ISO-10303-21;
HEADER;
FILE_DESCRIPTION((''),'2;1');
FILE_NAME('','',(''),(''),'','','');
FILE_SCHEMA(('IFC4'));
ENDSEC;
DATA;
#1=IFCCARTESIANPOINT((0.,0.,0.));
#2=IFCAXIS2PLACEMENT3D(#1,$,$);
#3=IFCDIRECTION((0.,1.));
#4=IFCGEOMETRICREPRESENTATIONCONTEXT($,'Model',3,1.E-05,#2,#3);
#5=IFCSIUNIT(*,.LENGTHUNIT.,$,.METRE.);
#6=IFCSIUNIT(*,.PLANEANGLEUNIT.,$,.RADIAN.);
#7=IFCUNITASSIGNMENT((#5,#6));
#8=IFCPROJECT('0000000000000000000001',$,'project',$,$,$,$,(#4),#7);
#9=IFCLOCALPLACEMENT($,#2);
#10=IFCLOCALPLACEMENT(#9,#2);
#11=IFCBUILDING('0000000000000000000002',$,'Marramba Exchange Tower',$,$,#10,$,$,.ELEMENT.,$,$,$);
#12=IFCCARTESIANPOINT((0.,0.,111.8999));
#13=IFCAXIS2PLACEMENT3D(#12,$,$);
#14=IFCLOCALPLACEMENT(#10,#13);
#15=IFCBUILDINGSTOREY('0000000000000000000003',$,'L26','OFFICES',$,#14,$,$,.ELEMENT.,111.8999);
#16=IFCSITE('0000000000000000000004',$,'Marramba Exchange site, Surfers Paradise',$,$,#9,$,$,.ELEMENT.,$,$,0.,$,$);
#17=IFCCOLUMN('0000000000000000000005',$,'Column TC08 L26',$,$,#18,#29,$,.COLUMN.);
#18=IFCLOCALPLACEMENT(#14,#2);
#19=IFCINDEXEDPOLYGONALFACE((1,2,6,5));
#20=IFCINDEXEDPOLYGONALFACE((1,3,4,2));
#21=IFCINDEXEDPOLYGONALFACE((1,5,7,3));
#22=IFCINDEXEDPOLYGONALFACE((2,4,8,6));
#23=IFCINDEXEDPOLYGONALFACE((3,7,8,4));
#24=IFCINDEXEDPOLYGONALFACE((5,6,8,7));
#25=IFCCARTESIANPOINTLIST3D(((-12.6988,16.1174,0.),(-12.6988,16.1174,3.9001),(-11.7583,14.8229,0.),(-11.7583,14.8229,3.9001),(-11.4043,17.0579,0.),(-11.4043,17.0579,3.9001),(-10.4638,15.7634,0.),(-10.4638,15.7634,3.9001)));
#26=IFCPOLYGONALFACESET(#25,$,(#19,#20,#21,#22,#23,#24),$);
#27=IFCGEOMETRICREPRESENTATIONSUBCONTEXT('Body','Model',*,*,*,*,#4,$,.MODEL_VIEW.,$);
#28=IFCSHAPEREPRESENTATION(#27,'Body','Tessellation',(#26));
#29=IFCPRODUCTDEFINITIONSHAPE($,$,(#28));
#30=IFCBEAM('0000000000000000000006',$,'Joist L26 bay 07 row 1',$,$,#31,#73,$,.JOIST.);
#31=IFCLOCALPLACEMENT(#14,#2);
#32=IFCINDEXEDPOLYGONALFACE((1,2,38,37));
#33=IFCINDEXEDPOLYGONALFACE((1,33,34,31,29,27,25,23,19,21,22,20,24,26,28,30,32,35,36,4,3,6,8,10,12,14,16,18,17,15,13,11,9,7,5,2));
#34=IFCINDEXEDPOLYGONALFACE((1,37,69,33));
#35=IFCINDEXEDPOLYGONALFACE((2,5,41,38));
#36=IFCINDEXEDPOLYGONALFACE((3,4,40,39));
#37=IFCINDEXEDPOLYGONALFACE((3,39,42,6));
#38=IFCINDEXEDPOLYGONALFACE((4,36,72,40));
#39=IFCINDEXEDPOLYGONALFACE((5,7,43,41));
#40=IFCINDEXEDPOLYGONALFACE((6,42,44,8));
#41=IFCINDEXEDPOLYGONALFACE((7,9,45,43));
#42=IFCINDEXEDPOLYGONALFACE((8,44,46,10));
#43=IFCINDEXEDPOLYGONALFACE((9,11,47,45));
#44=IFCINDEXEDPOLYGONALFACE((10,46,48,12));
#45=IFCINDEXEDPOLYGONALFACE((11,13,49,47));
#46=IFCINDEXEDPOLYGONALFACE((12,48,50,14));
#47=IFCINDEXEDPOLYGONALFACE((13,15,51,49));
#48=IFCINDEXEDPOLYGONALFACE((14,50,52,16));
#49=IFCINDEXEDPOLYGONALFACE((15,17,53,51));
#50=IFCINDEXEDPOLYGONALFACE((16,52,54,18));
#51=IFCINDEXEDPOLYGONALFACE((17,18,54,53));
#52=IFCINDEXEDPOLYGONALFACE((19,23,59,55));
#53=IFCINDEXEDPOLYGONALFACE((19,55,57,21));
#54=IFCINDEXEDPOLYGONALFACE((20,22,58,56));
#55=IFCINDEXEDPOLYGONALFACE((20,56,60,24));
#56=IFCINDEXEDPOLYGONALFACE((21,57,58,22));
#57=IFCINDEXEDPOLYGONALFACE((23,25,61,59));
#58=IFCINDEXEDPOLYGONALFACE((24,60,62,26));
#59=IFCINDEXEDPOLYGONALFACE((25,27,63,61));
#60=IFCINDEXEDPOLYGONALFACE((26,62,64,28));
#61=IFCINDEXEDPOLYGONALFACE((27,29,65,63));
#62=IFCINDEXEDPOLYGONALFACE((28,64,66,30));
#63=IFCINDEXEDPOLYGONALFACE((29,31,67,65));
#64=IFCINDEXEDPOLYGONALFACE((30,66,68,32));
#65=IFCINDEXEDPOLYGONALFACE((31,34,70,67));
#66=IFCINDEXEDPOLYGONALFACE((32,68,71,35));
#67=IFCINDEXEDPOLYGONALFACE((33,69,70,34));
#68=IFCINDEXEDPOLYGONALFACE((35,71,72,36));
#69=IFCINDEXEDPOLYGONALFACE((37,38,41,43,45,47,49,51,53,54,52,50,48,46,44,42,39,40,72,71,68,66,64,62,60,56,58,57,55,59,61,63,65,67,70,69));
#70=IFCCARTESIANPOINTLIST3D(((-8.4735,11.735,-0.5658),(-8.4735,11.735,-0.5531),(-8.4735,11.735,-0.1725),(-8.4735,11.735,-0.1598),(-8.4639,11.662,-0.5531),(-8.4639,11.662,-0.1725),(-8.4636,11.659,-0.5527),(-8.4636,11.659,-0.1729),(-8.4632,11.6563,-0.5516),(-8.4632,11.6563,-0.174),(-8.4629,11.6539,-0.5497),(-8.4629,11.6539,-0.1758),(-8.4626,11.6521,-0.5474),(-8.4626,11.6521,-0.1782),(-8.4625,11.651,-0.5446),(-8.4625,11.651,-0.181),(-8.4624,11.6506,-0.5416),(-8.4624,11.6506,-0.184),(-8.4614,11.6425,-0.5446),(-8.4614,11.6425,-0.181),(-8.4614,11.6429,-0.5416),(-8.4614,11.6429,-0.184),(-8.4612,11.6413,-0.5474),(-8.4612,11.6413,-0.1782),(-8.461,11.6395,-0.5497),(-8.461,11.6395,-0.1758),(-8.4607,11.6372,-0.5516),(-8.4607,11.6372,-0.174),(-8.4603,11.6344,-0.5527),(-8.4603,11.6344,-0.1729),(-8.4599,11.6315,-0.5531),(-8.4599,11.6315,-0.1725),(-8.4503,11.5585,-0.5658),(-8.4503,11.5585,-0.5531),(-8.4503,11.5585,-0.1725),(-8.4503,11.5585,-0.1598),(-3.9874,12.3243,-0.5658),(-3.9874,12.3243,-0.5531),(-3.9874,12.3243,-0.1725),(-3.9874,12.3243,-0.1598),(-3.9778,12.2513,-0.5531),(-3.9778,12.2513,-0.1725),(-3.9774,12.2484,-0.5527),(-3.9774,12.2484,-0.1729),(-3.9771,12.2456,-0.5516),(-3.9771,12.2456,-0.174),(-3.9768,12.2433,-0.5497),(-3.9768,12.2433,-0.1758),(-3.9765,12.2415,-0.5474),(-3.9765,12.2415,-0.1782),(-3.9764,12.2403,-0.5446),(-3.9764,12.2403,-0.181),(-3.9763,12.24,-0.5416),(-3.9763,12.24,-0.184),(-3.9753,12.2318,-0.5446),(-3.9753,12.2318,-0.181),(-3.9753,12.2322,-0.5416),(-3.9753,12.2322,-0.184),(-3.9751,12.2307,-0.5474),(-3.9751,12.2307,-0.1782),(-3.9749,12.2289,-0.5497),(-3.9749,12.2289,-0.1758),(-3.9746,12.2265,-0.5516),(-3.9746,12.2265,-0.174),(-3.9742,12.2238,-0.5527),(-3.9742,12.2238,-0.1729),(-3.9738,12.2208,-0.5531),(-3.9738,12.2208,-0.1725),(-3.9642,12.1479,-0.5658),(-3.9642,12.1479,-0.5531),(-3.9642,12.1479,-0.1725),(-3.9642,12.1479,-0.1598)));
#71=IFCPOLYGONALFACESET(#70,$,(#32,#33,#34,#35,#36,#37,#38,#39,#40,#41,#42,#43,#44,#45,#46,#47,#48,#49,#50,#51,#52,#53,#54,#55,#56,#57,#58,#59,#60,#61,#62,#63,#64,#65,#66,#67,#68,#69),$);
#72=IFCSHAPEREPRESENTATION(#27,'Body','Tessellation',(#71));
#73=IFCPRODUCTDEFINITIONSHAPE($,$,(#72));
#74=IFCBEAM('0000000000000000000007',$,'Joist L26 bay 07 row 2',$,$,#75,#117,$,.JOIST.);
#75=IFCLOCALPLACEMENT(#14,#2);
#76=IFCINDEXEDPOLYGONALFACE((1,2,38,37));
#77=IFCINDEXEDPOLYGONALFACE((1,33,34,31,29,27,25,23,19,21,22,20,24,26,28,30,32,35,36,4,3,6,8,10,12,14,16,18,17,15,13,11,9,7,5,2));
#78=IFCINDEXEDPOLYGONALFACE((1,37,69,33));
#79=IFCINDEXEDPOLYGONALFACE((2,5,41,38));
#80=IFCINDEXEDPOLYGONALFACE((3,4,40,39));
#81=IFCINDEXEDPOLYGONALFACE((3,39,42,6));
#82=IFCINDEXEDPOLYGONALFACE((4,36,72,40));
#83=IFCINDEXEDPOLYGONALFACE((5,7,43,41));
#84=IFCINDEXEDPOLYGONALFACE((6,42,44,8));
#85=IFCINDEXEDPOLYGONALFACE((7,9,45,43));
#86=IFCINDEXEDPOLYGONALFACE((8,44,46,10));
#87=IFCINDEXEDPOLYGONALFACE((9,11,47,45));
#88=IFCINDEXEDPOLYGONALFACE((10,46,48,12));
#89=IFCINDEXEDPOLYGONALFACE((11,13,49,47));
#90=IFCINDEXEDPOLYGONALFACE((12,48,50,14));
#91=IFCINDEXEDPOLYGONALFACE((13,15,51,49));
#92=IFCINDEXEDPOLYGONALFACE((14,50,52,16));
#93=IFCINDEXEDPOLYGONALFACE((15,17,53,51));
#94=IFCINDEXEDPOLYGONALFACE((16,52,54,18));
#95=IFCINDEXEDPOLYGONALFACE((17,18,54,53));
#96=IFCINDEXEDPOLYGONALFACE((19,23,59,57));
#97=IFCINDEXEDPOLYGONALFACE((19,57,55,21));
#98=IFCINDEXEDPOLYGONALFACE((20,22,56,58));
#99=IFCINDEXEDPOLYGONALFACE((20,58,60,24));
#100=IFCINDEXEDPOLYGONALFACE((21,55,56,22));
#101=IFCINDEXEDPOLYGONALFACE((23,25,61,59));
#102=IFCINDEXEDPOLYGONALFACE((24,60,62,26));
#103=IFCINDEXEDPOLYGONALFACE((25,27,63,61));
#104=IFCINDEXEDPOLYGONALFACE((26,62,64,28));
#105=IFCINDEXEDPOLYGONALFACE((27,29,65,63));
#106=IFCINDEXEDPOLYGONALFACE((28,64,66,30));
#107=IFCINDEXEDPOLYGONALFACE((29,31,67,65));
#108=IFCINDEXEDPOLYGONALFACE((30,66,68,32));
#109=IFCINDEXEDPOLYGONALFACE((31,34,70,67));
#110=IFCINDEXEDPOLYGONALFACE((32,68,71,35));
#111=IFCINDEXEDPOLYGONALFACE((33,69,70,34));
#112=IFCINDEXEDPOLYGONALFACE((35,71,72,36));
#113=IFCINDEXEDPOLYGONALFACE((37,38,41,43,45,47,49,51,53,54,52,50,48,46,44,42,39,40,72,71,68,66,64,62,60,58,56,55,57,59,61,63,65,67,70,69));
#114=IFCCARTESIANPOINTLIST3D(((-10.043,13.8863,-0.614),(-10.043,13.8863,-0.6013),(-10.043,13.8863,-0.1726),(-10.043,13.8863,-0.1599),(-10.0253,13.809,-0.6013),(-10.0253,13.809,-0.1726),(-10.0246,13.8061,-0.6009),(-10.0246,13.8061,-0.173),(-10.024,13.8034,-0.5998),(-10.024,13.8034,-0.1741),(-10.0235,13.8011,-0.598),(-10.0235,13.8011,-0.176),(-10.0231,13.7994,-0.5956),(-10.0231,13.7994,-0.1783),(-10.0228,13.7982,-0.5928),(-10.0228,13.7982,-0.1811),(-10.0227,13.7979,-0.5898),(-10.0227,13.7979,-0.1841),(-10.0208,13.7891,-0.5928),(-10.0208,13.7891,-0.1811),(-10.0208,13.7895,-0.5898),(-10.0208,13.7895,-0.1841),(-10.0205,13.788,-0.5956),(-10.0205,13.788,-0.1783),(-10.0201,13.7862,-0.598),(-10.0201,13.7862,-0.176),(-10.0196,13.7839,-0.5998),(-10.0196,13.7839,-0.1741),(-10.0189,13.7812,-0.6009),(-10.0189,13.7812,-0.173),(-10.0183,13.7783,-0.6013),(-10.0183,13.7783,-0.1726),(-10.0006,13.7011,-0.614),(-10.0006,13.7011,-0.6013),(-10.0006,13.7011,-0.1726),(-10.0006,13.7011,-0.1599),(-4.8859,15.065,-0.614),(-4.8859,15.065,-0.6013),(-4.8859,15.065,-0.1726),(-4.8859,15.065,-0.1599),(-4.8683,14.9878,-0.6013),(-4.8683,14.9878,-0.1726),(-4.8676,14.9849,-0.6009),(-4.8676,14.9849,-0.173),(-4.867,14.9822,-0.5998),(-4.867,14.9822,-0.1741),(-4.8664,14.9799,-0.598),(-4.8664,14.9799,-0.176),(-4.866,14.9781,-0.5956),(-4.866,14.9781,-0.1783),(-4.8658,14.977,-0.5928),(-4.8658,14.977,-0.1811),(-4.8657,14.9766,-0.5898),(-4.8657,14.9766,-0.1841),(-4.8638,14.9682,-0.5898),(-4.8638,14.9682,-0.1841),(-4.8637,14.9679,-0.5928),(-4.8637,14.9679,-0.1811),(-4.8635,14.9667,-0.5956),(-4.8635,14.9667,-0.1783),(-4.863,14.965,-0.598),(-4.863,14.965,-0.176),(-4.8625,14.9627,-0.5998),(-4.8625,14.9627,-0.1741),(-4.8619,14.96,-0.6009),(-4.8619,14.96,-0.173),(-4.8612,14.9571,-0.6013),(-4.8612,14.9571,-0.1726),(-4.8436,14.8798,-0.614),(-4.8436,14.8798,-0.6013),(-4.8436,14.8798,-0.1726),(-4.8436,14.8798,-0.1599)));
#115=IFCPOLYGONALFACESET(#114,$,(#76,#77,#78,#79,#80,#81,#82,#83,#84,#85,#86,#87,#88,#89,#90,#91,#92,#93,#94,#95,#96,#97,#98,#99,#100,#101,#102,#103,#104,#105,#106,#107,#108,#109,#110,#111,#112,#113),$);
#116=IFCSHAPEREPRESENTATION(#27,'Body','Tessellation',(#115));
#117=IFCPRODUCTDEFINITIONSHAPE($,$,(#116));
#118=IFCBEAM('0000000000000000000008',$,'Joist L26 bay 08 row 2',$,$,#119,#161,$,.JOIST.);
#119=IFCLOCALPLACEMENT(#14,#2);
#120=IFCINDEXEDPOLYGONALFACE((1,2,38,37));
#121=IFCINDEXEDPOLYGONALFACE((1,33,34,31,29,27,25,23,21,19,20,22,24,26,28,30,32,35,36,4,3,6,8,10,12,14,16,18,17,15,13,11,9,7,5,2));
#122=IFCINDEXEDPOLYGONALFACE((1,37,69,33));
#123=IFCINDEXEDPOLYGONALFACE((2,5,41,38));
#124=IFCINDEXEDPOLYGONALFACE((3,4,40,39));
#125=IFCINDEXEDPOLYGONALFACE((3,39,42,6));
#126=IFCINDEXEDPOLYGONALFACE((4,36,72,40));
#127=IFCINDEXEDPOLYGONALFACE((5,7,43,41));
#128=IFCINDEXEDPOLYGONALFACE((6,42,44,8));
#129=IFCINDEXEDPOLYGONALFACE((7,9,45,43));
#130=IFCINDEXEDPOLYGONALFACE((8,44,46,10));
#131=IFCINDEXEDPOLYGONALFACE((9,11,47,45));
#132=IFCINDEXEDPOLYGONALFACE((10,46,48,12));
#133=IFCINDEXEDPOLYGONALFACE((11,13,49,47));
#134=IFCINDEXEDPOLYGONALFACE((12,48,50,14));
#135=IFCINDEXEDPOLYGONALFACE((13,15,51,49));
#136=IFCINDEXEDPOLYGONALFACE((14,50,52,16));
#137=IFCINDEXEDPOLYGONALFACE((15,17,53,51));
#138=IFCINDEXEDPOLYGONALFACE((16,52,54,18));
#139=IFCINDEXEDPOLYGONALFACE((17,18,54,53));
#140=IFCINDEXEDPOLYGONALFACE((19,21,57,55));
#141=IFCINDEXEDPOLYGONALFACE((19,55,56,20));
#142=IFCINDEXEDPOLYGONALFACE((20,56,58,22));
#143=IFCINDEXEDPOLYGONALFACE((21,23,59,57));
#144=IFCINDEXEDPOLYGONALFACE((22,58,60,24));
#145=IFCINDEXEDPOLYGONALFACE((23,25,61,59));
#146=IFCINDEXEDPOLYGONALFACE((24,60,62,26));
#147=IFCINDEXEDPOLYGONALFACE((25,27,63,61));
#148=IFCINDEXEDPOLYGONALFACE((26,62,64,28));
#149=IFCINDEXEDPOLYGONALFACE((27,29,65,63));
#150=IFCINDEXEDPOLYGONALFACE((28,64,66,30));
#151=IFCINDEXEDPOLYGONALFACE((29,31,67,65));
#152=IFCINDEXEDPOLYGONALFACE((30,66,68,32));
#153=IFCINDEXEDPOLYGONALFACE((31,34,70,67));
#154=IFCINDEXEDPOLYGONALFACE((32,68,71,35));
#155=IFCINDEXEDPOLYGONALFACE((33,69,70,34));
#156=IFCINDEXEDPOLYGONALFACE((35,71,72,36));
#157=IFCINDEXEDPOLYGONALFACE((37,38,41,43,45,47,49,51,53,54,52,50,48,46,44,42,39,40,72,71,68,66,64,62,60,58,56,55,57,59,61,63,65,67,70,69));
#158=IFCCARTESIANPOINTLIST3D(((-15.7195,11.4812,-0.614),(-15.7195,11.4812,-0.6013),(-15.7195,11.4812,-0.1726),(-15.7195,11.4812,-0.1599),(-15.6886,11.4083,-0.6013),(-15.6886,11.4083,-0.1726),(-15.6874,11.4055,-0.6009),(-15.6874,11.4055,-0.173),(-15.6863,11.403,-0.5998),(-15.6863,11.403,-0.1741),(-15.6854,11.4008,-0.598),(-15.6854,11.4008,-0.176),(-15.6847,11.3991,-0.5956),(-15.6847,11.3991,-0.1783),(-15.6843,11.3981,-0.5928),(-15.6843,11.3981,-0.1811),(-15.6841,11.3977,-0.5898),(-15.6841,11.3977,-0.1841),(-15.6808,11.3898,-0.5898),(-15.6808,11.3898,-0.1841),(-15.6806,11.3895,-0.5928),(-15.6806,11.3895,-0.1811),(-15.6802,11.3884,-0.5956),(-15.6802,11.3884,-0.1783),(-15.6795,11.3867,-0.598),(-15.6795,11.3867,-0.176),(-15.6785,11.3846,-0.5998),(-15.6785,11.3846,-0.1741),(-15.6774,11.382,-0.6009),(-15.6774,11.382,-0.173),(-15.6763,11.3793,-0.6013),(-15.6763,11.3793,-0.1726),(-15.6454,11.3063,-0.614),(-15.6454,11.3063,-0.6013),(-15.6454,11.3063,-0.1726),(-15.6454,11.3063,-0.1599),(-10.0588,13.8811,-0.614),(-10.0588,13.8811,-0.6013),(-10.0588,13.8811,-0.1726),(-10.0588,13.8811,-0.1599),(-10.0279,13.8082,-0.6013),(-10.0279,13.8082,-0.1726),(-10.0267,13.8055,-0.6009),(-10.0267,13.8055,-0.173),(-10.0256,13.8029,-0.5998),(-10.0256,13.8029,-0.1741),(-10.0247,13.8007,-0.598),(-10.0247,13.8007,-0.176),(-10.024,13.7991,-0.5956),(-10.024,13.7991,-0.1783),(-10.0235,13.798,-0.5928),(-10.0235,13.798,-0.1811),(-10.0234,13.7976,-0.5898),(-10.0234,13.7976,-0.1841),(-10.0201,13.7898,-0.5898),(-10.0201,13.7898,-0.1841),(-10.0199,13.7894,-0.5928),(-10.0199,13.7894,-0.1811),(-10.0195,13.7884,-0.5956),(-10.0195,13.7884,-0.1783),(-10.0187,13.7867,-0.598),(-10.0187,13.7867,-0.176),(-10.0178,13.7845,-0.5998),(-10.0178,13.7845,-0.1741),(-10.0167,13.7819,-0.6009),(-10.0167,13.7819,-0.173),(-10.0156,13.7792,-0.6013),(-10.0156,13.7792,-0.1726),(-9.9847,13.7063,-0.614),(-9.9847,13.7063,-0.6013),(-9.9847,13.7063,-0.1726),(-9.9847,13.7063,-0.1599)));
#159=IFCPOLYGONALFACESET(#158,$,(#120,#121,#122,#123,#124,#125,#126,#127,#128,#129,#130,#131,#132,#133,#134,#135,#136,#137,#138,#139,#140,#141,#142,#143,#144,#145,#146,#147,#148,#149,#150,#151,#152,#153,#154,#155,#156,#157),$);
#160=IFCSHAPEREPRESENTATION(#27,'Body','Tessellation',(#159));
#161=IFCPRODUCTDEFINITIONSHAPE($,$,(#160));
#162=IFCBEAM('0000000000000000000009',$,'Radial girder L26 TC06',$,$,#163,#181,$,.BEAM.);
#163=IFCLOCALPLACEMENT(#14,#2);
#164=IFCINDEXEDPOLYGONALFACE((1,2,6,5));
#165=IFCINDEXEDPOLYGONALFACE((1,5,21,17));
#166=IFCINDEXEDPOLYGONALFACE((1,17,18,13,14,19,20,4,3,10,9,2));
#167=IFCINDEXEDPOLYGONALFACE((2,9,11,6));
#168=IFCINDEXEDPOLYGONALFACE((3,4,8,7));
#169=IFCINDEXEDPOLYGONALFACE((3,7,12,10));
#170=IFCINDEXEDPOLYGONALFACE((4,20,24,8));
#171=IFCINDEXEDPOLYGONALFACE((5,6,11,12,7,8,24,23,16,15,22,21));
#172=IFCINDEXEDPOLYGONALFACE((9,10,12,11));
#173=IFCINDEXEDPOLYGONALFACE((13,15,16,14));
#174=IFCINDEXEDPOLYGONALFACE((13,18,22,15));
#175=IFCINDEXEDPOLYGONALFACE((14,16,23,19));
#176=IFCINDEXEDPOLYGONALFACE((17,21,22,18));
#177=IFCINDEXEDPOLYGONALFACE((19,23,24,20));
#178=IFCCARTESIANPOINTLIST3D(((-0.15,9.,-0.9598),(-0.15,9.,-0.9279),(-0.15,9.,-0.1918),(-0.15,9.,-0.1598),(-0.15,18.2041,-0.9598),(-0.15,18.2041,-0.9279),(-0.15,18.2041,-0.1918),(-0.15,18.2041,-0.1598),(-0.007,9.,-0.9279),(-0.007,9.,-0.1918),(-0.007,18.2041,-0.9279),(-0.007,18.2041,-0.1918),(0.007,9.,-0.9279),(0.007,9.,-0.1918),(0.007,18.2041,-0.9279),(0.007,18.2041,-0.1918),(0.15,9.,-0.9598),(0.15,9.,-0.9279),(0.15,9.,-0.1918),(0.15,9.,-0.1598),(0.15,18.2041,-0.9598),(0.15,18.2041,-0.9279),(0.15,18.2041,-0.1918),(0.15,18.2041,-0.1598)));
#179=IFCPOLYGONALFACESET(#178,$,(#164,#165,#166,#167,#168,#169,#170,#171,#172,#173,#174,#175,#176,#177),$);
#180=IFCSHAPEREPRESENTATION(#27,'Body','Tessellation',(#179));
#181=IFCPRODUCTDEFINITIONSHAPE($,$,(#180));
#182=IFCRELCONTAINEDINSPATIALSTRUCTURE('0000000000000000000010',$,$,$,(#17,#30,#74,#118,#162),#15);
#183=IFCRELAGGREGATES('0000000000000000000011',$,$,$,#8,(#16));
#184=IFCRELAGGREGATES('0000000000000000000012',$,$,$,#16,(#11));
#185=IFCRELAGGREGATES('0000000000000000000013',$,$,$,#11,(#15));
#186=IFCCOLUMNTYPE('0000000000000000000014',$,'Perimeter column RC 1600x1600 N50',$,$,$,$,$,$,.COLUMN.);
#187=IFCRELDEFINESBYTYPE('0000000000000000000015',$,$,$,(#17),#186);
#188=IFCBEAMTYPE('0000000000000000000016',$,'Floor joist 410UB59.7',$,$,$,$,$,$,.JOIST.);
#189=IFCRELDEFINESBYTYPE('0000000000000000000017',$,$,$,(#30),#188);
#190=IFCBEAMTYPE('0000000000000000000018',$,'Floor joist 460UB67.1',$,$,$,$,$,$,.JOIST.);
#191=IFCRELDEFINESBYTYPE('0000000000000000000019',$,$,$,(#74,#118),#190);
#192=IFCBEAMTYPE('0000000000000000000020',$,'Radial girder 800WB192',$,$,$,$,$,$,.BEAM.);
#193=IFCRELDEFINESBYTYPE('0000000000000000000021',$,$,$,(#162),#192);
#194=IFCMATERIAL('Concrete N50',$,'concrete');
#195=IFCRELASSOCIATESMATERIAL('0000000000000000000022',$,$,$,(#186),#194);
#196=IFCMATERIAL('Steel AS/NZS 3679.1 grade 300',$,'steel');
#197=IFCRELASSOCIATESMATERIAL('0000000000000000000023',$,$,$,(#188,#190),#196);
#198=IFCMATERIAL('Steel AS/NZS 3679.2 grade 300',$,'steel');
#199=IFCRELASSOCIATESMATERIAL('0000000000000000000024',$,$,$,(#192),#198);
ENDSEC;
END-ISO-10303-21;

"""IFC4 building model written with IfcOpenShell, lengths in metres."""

from ifc_helpers import new_model, si_unit, direction, frame, origin, origin_2d, place, context, subcontext, project, spatial, rectangle, i_section, extrude, material, material_profile, profile_set, type_object, element, save


model = new_model("IFC4")

# Units and contexts
model_context = context("Model", 3, precision=1e-05, world=origin(), true_north=direction((0.0, 1.0)))
body_context = subcontext(model_context, "Body", "Model", "MODEL_VIEW")
ifc_project = project(units=[si_unit("LENGTHUNIT", "METRE"), si_unit("PLANEANGLEUNIT", "RADIAN")], contexts=[model_context])

# Site, building, storey
site_placement = place(None, origin())
site = spatial("IfcSite", under=ifc_project, at=site_placement, Name="Marramba Exchange site, Surfers Paradise", CompositionType="ELEMENT", RefElevation=0.0)
building_placement = place(site_placement, origin())
building = spatial("IfcBuilding", under=site, at=building_placement, Name="Marramba Exchange Tower", CompositionType="ELEMENT")
storey_placement = place(building_placement, frame((0.0, 0.0, 111.8999)))
storey = spatial("IfcBuildingStorey", under=building, at=storey_placement, Name="L26", Description="OFFICES", CompositionType="ELEMENT", Elevation=111.8999)

# Column
ifc_material_1 = material(Name="Concrete N50", Category="concrete")
ifc_material_profile_1 = material_profile(ifc_material_1, rectangle(XDim=1.6001, YDim=1.6001, at=origin_2d()), Name="RC 1600x1600")
ifc_profile_set_1 = profile_set([ifc_material_profile_1], Name="Concrete N50")
column_type = type_object("IfcColumnType", Name="Perimeter column RC 1600x1600 N50", PredefinedType="COLUMN", material=ifc_profile_set_1)
column_placement = place(storey_placement, frame((-11.5813, 15.9404, 0.0), z_axis=(0.0, 0.0, 1.0), x_axis=(-0.587785, 0.809017, 0.0)))
element("IfcColumn", 1, at=column_placement, inside=storey, type_object=column_type, Name="Column TC08 L26", PredefinedType="COLUMN", context=body_context, shape_type="SweptSolid", body=[
    extrude(rectangle(XDim=1.6001, YDim=1.6001, at=origin_2d()), origin(), (0.0, 0.0, 1.0), 3.9001),
])

# Beams
ifc_material_2 = material(Name="Steel AS/NZS 3679.1 grade 300", Category="steel")
ifc_material_profile_2 = material_profile(ifc_material_2, i_section(OverallWidth=0.178, OverallDepth=0.406, WebThickness=0.0078, FlangeThickness=0.0127, FilletRadius=0.0115, at=origin_2d()), Name="410UB59.7")
ifc_profile_set_2 = profile_set([ifc_material_profile_2], Name="Steel AS/NZS 3679.1 grade 300")
beam_type_1 = type_object("IfcBeamType", Name="Floor joist 410UB59.7", PredefinedType="JOIST", material=ifc_profile_set_2)
beam_1_placement = place(storey_placement, frame((-3.9758, 12.2361, -0.3628), z_axis=(-0.991481, -0.130255, 0.0), x_axis=(0.130255, -0.991481, 0.0)))
element("IfcBeam", 2, at=beam_1_placement, inside=storey, type_object=beam_type_1, Name="Joist L26 bay 07 row 1", PredefinedType="JOIST", context=body_context, shape_type="SweptSolid", body=[
    extrude(i_section(OverallWidth=0.178, OverallDepth=0.406, WebThickness=0.0078, FlangeThickness=0.0127, FilletRadius=0.0115, at=origin_2d()), origin(), (0.0, 0.0, 1.0), 4.5247),
])
ifc_material_profile_3 = material_profile(ifc_material_2, i_section(OverallWidth=0.1899, OverallDepth=0.4541, WebThickness=0.0085, FlangeThickness=0.0127, FilletRadius=0.0115, at=origin_2d()), Name="460UB67.1")
ifc_profile_set_3 = profile_set([ifc_material_profile_3], Name="Steel AS/NZS 3679.1 grade 300")
beam_type_2 = type_object("IfcBeamType", Name="Floor joist 460UB67.1", PredefinedType="JOIST", material=ifc_profile_set_3)
beam_2_placement = place(storey_placement, frame((-4.8647, 14.9724, -0.387), z_axis=(-0.97486, -0.22282, 0.0), x_axis=(0.22282, -0.97486, 0.0)))
element("IfcBeam", 3, at=beam_2_placement, inside=storey, type_object=beam_type_2, Name="Joist L26 bay 07 row 2", PredefinedType="JOIST", context=body_context, shape_type="SweptSolid", body=[
    extrude(i_section(OverallWidth=0.1899, OverallDepth=0.4541, WebThickness=0.0085, FlangeThickness=0.0127, FilletRadius=0.0115, at=origin_2d()), origin(), (0.0, 0.0, 1.0), 5.29),
])
beam_3_placement = place(storey_placement, frame((-10.0217, 13.7937, -0.387), z_axis=(-0.920674, -0.390332, 0.0), x_axis=(0.390332, -0.920674, 0.0)))
element("IfcBeam", 4, at=beam_3_placement, inside=storey, type_object=beam_type_2, Name="Joist L26 bay 08 row 2", PredefinedType="JOIST", context=body_context, shape_type="SweptSolid", body=[
    extrude(i_section(OverallWidth=0.1899, OverallDepth=0.4541, WebThickness=0.0085, FlangeThickness=0.0127, FilletRadius=0.0115, at=origin_2d()), origin(), (0.0, 0.0, 1.0), 6.1484),
])
ifc_material_3 = material(Name="Steel AS/NZS 3679.2 grade 300", Category="steel")
ifc_material_profile_4 = material_profile(ifc_material_3, i_section(OverallWidth=0.3, OverallDepth=0.8, WebThickness=0.0139, FlangeThickness=0.032, at=origin_2d()), Name="800WB192")
ifc_profile_set_4 = profile_set([ifc_material_profile_4], Name="Steel AS/NZS 3679.2 grade 300")
beam_type_3 = type_object("IfcBeamType", Name="Radial girder 800WB192", PredefinedType="BEAM", material=ifc_profile_set_4)
beam_4_placement = place(storey_placement, frame((0.0, 9.0, -0.5598), z_axis=(0.0, 1.0, 0.0), x_axis=(-1.0, 0.0, 0.0)))
element("IfcBeam", 5, at=beam_4_placement, inside=storey, type_object=beam_type_3, Name="Radial girder L26 TC06", PredefinedType="BEAM", context=body_context, shape_type="SweptSolid", body=[
    extrude(i_section(OverallWidth=0.3, OverallDepth=0.8, WebThickness=0.0139, FlangeThickness=0.032, at=origin_2d()), origin(), (0.0, 0.0, 1.0), 9.2041),
])

save(model, "model.ifc")
